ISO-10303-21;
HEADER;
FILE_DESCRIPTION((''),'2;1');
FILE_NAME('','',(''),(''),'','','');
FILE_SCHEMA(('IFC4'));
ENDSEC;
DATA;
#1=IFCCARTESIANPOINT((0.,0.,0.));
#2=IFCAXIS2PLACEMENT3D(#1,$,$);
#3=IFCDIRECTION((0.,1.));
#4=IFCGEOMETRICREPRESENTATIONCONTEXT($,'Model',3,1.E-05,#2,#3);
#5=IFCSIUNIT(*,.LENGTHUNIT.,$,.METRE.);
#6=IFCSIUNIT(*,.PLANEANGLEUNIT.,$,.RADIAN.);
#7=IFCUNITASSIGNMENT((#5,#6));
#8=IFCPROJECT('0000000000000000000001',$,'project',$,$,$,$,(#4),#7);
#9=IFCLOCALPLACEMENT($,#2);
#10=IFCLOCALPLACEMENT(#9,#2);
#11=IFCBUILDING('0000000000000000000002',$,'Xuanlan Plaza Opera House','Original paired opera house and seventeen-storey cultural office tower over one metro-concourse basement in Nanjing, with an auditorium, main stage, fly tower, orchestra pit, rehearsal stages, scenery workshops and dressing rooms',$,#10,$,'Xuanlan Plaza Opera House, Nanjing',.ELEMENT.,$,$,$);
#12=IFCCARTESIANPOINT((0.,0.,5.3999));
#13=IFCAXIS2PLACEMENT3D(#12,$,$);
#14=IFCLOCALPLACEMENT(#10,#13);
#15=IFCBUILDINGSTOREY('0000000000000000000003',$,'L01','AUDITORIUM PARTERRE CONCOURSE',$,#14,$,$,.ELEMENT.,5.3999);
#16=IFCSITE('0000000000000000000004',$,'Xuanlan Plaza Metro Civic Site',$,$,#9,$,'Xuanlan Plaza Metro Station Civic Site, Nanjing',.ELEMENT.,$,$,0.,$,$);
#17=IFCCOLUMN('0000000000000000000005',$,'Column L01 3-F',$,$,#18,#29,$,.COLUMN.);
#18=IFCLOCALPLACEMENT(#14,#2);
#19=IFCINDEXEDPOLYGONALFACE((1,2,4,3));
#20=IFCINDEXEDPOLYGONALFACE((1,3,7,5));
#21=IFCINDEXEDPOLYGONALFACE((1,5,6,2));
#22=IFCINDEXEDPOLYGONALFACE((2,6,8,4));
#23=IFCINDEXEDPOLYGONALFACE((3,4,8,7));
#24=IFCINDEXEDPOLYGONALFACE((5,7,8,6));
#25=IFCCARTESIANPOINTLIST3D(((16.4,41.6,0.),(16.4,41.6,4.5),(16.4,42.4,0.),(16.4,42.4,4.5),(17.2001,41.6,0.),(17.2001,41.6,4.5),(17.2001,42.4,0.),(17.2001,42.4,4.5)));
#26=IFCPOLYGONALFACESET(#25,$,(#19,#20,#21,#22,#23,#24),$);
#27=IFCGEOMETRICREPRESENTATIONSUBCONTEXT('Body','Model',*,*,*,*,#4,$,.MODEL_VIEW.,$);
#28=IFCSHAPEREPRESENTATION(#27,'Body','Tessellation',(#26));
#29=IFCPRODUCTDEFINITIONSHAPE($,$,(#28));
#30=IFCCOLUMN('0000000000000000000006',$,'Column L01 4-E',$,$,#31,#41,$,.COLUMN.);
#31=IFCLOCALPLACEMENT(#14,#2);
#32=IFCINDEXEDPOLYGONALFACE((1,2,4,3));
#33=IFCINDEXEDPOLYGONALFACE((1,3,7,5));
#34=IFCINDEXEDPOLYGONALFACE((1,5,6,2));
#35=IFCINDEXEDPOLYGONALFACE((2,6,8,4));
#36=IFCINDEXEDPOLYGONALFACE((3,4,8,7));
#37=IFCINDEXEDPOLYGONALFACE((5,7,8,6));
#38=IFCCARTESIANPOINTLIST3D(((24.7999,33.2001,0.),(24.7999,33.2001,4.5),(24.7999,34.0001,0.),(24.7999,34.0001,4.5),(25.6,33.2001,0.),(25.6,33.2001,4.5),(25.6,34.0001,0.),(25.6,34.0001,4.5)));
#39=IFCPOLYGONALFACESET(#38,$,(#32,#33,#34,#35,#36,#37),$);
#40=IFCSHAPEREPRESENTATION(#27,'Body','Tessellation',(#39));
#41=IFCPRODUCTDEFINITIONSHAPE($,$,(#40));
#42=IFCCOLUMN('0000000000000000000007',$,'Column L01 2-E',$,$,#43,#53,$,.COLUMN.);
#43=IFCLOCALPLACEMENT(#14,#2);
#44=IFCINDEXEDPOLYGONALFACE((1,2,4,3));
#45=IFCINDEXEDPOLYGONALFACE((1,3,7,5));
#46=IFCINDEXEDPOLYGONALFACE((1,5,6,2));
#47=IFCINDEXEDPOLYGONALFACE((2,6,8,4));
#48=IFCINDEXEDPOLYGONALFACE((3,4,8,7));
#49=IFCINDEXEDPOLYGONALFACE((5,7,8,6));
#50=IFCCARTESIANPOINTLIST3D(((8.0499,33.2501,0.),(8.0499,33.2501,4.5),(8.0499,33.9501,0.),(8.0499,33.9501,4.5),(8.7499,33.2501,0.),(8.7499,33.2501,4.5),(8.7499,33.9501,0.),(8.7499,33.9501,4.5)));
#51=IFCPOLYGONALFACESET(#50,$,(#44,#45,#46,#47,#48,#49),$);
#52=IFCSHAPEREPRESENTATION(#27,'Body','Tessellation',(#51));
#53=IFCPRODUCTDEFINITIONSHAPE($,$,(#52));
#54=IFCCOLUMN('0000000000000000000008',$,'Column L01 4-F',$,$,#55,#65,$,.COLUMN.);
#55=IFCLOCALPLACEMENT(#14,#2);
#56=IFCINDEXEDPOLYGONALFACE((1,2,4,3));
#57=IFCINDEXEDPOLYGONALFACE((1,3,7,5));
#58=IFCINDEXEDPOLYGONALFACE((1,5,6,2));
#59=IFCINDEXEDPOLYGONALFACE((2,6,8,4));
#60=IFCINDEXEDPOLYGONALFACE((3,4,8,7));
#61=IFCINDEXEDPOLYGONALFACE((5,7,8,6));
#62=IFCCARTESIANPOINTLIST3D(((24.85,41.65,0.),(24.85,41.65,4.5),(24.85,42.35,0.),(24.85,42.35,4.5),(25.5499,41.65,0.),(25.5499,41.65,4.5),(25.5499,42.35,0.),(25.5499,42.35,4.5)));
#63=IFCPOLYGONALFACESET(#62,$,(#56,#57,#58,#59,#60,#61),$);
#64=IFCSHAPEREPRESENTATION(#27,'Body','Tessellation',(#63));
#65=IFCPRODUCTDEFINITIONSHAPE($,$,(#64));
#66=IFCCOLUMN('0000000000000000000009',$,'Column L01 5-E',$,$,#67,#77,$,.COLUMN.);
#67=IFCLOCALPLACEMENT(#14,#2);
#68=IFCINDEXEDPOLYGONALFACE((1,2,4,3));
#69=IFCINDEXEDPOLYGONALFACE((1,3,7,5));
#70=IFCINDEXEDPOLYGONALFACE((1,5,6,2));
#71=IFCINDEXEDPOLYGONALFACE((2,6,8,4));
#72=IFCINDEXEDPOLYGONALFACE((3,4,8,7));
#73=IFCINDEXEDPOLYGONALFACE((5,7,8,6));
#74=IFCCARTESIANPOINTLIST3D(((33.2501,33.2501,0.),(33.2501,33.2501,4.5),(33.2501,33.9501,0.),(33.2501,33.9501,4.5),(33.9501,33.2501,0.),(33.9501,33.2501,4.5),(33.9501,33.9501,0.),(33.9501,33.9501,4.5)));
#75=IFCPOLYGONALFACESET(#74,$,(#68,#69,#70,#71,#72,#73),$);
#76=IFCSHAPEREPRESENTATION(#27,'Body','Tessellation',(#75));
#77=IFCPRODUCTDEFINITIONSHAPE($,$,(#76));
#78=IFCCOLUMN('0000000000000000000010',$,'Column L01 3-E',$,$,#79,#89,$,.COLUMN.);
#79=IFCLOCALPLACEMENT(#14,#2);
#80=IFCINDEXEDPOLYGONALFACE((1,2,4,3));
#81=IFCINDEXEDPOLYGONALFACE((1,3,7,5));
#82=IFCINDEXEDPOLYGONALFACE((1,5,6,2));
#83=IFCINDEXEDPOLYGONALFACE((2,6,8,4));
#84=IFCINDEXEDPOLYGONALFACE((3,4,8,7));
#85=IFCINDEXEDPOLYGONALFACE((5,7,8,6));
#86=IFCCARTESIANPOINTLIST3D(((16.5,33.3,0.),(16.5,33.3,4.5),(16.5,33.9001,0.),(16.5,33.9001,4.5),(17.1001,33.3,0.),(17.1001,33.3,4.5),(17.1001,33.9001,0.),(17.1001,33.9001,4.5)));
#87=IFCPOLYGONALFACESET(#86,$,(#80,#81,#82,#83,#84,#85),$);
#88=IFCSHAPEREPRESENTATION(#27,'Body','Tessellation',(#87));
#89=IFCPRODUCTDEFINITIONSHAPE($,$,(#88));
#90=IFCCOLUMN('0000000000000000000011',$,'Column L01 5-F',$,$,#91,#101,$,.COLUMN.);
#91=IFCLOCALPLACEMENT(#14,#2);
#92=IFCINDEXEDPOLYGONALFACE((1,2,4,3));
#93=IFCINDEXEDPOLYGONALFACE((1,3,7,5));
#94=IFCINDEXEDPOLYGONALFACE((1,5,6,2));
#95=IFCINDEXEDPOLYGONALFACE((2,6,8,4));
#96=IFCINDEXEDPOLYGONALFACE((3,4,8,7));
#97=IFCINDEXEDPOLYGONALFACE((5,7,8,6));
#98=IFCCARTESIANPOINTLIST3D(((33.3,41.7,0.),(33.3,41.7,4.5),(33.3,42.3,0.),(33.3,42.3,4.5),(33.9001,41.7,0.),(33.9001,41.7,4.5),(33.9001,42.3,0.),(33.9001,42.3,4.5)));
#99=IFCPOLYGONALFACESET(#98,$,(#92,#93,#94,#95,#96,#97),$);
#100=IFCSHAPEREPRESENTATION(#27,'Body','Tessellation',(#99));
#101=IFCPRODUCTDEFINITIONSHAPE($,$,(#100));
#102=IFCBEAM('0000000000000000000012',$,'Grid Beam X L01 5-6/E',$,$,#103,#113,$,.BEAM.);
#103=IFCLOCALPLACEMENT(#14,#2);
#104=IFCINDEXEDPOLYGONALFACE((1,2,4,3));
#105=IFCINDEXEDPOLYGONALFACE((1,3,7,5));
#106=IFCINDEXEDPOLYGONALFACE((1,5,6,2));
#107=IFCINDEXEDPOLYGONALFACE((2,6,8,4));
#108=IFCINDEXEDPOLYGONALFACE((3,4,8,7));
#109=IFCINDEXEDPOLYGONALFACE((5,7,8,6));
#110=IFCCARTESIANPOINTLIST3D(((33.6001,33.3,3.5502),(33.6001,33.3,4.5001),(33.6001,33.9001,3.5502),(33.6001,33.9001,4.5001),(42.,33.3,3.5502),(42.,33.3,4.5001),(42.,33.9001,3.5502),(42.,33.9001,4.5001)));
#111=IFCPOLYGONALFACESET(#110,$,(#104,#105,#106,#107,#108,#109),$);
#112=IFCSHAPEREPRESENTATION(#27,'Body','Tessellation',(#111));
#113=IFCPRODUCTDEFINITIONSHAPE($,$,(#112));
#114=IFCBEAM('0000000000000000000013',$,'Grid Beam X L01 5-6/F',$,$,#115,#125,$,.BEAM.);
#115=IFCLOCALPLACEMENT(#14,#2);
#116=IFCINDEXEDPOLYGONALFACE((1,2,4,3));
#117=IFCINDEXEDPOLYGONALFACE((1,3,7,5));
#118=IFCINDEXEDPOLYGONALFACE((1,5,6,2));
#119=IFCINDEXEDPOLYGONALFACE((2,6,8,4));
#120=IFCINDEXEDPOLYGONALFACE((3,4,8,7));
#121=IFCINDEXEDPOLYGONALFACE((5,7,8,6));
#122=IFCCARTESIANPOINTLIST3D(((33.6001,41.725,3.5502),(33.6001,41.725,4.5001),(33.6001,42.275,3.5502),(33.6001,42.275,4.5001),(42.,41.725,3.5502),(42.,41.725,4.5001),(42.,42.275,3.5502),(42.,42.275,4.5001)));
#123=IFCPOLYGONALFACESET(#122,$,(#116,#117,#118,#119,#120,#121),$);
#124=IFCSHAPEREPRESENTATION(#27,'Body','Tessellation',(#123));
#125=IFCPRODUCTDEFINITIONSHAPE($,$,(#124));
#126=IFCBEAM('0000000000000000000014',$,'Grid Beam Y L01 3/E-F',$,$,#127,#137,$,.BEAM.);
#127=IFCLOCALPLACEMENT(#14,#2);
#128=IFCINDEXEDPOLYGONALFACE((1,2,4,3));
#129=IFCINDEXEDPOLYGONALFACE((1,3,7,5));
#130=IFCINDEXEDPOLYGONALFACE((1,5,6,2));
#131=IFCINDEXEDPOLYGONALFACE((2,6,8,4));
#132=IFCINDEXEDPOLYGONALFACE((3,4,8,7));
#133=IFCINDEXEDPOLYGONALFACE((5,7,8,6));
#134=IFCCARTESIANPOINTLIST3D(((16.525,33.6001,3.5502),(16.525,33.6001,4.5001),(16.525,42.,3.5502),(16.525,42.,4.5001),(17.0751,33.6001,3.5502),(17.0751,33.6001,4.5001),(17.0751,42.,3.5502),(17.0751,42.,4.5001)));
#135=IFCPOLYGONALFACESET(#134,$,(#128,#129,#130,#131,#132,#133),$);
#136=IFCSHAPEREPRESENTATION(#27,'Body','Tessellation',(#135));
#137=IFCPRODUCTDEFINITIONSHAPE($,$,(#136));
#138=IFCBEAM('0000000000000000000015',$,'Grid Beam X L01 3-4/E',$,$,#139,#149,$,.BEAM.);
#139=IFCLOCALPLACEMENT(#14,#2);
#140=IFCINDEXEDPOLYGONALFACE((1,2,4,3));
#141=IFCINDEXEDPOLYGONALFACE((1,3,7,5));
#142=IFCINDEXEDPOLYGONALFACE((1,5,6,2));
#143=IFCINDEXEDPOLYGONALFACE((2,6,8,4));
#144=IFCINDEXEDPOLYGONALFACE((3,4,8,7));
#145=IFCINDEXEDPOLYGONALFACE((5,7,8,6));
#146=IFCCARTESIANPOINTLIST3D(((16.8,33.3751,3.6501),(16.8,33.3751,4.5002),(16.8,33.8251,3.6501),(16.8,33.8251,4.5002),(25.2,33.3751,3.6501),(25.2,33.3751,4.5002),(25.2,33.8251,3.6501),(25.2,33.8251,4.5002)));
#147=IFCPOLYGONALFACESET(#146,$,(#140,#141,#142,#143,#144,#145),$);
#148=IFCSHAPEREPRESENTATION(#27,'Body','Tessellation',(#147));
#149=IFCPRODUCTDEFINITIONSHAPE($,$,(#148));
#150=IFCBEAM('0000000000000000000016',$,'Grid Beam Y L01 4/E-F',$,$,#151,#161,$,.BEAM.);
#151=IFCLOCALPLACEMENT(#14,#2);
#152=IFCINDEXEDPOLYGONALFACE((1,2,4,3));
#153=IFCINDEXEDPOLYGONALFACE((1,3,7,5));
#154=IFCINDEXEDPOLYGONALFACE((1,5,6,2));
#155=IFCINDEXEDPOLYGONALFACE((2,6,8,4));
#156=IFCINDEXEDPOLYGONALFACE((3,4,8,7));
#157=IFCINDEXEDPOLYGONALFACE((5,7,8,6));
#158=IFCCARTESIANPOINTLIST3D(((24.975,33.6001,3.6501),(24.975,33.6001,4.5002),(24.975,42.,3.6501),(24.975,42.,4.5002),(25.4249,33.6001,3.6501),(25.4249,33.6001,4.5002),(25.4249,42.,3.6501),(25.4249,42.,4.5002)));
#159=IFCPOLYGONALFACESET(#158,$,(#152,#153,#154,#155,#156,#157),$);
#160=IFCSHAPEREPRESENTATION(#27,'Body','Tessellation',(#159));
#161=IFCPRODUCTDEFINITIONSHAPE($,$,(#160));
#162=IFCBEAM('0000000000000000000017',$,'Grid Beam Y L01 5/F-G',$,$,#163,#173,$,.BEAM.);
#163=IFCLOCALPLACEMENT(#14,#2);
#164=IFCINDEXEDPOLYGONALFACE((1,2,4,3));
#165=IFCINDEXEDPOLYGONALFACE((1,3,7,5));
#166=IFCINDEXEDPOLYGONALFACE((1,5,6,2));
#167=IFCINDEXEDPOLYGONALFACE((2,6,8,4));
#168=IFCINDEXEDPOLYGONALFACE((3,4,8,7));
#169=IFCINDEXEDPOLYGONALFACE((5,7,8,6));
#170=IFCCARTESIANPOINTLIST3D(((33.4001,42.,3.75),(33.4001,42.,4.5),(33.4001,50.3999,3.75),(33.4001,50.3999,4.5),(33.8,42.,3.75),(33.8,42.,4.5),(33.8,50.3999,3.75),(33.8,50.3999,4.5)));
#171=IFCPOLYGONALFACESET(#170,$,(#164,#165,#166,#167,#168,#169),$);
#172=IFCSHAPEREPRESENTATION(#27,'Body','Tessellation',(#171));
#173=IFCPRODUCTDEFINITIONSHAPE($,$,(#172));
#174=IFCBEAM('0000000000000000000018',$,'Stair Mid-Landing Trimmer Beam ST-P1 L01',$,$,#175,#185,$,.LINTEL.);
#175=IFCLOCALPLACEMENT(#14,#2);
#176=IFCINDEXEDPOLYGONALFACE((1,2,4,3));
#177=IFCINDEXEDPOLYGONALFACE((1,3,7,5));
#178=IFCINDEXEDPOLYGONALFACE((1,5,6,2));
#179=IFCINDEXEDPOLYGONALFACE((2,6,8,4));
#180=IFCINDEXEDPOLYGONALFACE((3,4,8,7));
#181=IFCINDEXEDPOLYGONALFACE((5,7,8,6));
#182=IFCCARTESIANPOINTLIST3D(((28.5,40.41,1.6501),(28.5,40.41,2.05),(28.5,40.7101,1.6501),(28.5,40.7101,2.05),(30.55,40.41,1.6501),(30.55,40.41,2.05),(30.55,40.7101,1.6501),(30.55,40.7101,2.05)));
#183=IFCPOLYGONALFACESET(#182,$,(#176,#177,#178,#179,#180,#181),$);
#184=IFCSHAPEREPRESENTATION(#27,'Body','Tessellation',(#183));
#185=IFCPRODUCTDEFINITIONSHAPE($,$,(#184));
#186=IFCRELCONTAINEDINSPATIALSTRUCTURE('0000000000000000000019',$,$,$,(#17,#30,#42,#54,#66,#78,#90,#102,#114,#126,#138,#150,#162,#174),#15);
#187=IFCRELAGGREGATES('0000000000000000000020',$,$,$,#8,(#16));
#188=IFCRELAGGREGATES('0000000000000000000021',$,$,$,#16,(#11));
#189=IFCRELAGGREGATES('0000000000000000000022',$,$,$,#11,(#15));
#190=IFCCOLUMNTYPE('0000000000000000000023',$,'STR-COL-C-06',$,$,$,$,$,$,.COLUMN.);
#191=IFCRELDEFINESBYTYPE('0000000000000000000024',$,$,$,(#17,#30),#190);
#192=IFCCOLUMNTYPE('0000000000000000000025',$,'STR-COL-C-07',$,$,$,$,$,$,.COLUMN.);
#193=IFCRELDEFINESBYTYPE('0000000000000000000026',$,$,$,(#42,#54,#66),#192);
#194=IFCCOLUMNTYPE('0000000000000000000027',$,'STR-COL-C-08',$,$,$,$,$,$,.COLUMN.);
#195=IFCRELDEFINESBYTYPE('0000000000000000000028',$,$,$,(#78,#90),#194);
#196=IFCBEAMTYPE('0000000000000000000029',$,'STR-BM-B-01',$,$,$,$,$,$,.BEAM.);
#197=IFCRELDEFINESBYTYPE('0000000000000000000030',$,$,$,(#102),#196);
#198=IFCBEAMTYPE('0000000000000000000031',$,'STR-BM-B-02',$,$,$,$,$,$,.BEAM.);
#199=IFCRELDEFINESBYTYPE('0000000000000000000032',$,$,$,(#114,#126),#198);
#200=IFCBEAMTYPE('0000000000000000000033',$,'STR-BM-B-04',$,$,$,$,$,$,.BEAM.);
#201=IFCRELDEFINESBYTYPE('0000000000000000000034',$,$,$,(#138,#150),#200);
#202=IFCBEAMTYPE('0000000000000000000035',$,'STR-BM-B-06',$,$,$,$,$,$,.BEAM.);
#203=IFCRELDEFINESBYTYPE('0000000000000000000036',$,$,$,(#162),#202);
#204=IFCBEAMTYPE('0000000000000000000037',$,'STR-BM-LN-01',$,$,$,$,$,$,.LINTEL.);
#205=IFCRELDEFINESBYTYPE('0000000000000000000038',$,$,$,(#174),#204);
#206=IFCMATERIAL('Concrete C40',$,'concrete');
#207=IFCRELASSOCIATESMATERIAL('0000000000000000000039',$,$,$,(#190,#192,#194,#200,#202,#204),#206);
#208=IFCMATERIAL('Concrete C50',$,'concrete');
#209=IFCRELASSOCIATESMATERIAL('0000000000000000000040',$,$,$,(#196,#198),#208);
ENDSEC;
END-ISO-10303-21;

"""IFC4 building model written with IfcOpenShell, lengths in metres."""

from ifc_helpers import new_model, si_unit, direction, frame, origin, origin_2d, place, context, subcontext, project, spatial, rectangle, extrude, material, material_profile, profile_set, type_object, element, save


model = new_model("IFC4")

# Units and contexts
model_context = context("Model", 3, precision=1e-05, world=origin(), true_north=direction((0.0, 1.0)))
body_context = subcontext(model_context, "Body", "Model", "MODEL_VIEW")
ifc_project = project(units=[si_unit("LENGTHUNIT", "METRE"), si_unit("PLANEANGLEUNIT", "RADIAN")], contexts=[model_context])

# Site, building, storey
site_placement = place(None, origin())
site = spatial("IfcSite", under=ifc_project, at=site_placement, Name="Xuanlan Plaza Metro Civic Site", LongName="Xuanlan Plaza Metro Station Civic Site, Nanjing", CompositionType="ELEMENT", RefElevation=0.0)
building_placement = place(site_placement, origin())
building = spatial("IfcBuilding", under=site, at=building_placement, Name="Xuanlan Plaza Opera House", Description="Original paired opera house and seventeen-storey cultural office tower over one metro-concourse basement in Nanjing, with an auditorium, main stage, fly tower, orchestra pit, rehearsal stages, scenery workshops and dressing rooms", LongName="Xuanlan Plaza Opera House, Nanjing", CompositionType="ELEMENT")
storey_placement = place(building_placement, frame((0.0, 0.0, 5.3999)))
storey = spatial("IfcBuildingStorey", under=building, at=storey_placement, Name="L01", Description="AUDITORIUM PARTERRE CONCOURSE", CompositionType="ELEMENT", Elevation=5.3999)

# Columns
ifc_material_1 = material(Name="Concrete C40", Category="concrete")
ifc_material_profile_1 = material_profile(ifc_material_1, rectangle(XDim=0.8, YDim=0.8, at=origin_2d()), Name="RC-COL 800x800")
ifc_profile_set_1 = profile_set([ifc_material_profile_1], Name="Concrete C40")
column_type_1 = type_object("IfcColumnType", Name="STR-COL-C-06", PredefinedType="COLUMN", material=ifc_profile_set_1)
for number, where, z_axis, x_axis, name in (
    (1, (16.8, 42.0, 0.0), (0.0, 0.0, 1.0), (1.0, 0.0, 0.0), "Column L01 3-F"),
    (2, (25.2, 33.6001, 0.0), (0.0, 0.0, 1.0), (1.0, 0.0, 0.0), "Column L01 4-E"),
):
    element("IfcColumn", number, at=place(storey_placement, frame(where, z_axis=z_axis, x_axis=x_axis)), inside=storey, type_object=column_type_1, Name=name, PredefinedType="COLUMN", context=body_context, shape_type="SweptSolid", body=[
        extrude(rectangle(XDim=0.8, YDim=0.8, at=origin_2d()), origin(), (0.0, 0.0, 1.0), 4.5),
    ])
ifc_material_profile_2 = material_profile(ifc_material_1, rectangle(XDim=0.7, YDim=0.7, at=origin_2d()), Name="RC-COL 700x700")
ifc_profile_set_2 = profile_set([ifc_material_profile_2], Name="Concrete C40")
column_type_2 = type_object("IfcColumnType", Name="STR-COL-C-07", PredefinedType="COLUMN", material=ifc_profile_set_2)
for number, where, z_axis, x_axis, name in (
    (3, (8.3999, 33.6001, 0.0), (0.0, 0.0, 1.0), (1.0, 0.0, 0.0), "Column L01 2-E"),
    (4, (25.2, 42.0, 0.0), (0.0, 0.0, 1.0), (1.0, 0.0, 0.0), "Column L01 4-F"),
    (5, (33.6001, 33.6001, 0.0), (0.0, 0.0, 1.0), (1.0, 0.0, 0.0), "Column L01 5-E"),
):
    element("IfcColumn", number, at=place(storey_placement, frame(where, z_axis=z_axis, x_axis=x_axis)), inside=storey, type_object=column_type_2, Name=name, PredefinedType="COLUMN", context=body_context, shape_type="SweptSolid", body=[
        extrude(rectangle(XDim=0.7, YDim=0.7, at=origin_2d()), origin(), (0.0, 0.0, 1.0), 4.5),
    ])
ifc_material_profile_3 = material_profile(ifc_material_1, rectangle(XDim=0.6001, YDim=0.6001, at=origin_2d()), Name="RC-COL 600x600")
ifc_profile_set_3 = profile_set([ifc_material_profile_3], Name="Concrete C40")
column_type_3 = type_object("IfcColumnType", Name="STR-COL-C-08", PredefinedType="COLUMN", material=ifc_profile_set_3)
for number, where, z_axis, x_axis, name in (
    (6, (16.8, 33.6001, 0.0), (0.0, 0.0, 1.0), (1.0, 0.0, 0.0), "Column L01 3-E"),
    (7, (33.6001, 42.0, 0.0), (0.0, 0.0, 1.0), (1.0, 0.0, 0.0), "Column L01 5-F"),
):
    element("IfcColumn", number, at=place(storey_placement, frame(where, z_axis=z_axis, x_axis=x_axis)), inside=storey, type_object=column_type_3, Name=name, PredefinedType="COLUMN", context=body_context, shape_type="SweptSolid", body=[
        extrude(rectangle(XDim=0.6001, YDim=0.6001, at=origin_2d()), origin(), (0.0, 0.0, 1.0), 4.5),
    ])

# Beams
ifc_material_2 = material(Name="Concrete C50", Category="concrete")
ifc_material_profile_4 = material_profile(ifc_material_2, rectangle(XDim=0.6001, YDim=0.95, at=origin_2d()), Name="RC-BM 600x950")
ifc_profile_set_4 = profile_set([ifc_material_profile_4], Name="Concrete C50")
beam_type_1 = type_object("IfcBeamType", Name="STR-BM-B-01", PredefinedType="BEAM", material=ifc_profile_set_4)
beam_1_placement = place(storey_placement, frame((33.6001, 33.6001, 4.0251), z_axis=(1.0, 0.0, 0.0), x_axis=(0.0, 1.0, 0.0)))
element("IfcBeam", 8, at=beam_1_placement, inside=storey, type_object=beam_type_1, Name="Grid Beam X L01 5-6/E", PredefinedType="BEAM", context=body_context, shape_type="SweptSolid", body=[
    extrude(rectangle(XDim=0.6001, YDim=0.95, at=origin_2d()), origin(), (0.0, 0.0, 1.0), 8.3999),
])
ifc_material_profile_5 = material_profile(ifc_material_2, rectangle(XDim=0.55, YDim=0.95, at=origin_2d()), Name="RC-BM 550x950")
ifc_profile_set_5 = profile_set([ifc_material_profile_5], Name="Concrete C50")
beam_type_2 = type_object("IfcBeamType", Name="STR-BM-B-02", PredefinedType="BEAM", material=ifc_profile_set_5)
for number, where, z_axis, x_axis, name in (
    (9, (33.6001, 42.0, 4.0251), (1.0, 0.0, 0.0), (0.0, 1.0, 0.0), "Grid Beam X L01 5-6/F"),
    (10, (16.8, 33.6001, 4.0251), (0.0, 1.0, 0.0), (-1.0, 0.0, 0.0), "Grid Beam Y L01 3/E-F"),
):
    element("IfcBeam", number, at=place(storey_placement, frame(where, z_axis=z_axis, x_axis=x_axis)), inside=storey, type_object=beam_type_2, Name=name, PredefinedType="BEAM", context=body_context, shape_type="SweptSolid", body=[
        extrude(rectangle(XDim=0.55, YDim=0.95, at=origin_2d()), origin(), (0.0, 0.0, 1.0), 8.3999),
    ])
ifc_material_profile_6 = material_profile(ifc_material_1, rectangle(XDim=0.45, YDim=0.8501, at=origin_2d()), Name="RC-BM 450x850")
ifc_profile_set_6 = profile_set([ifc_material_profile_6], Name="Concrete C40")
beam_type_3 = type_object("IfcBeamType", Name="STR-BM-B-04", PredefinedType="BEAM", material=ifc_profile_set_6)
for number, where, z_axis, x_axis, name in (
    (11, (16.8, 33.6001, 4.0752), (1.0, 0.0, 0.0), (0.0, 1.0, 0.0), "Grid Beam X L01 3-4/E"),
    (12, (25.2, 33.6001, 4.0752), (0.0, 1.0, 0.0), (-1.0, 0.0, 0.0), "Grid Beam Y L01 4/E-F"),
):
    element("IfcBeam", number, at=place(storey_placement, frame(where, z_axis=z_axis, x_axis=x_axis)), inside=storey, type_object=beam_type_3, Name=name, PredefinedType="BEAM", context=body_context, shape_type="SweptSolid", body=[
        extrude(rectangle(XDim=0.45, YDim=0.8501, at=origin_2d()), origin(), (0.0, 0.0, 1.0), 8.3999),
    ])
ifc_material_profile_7 = material_profile(ifc_material_1, rectangle(XDim=0.3999, YDim=0.75, at=origin_2d()), Name="RC-BM 400x750")
ifc_profile_set_7 = profile_set([ifc_material_profile_7], Name="Concrete C40")
beam_type_4 = type_object("IfcBeamType", Name="STR-BM-B-06", PredefinedType="BEAM", material=ifc_profile_set_7)
beam_2_placement = place(storey_placement, frame((33.6001, 42.0, 4.125), z_axis=(0.0, 1.0, 0.0), x_axis=(-1.0, 0.0, 0.0)))
element("IfcBeam", 13, at=beam_2_placement, inside=storey, type_object=beam_type_4, Name="Grid Beam Y L01 5/F-G", PredefinedType="BEAM", context=body_context, shape_type="SweptSolid", body=[
    extrude(rectangle(XDim=0.3999, YDim=0.75, at=origin_2d()), origin(), (0.0, 0.0, 1.0), 8.3999),
])
ifc_material_profile_8 = material_profile(ifc_material_1, rectangle(XDim=0.3, YDim=0.3999, at=origin_2d()), Name="RC-LNT 300x400")
ifc_profile_set_8 = profile_set([ifc_material_profile_8], Name="Concrete C40")
beam_type_5 = type_object("IfcBeamType", Name="STR-BM-LN-01", PredefinedType="LINTEL", material=ifc_profile_set_8)
beam_3_placement = place(storey_placement, frame((28.5, 40.5601, 1.8501), z_axis=(1.0, 0.0, 0.0), x_axis=(0.0, 1.0, 0.0)))
element("IfcBeam", 14, at=beam_3_placement, inside=storey, type_object=beam_type_5, Name="Stair Mid-Landing Trimmer Beam ST-P1 L01", PredefinedType="LINTEL", context=body_context, shape_type="SweptSolid", body=[
    extrude(rectangle(XDim=0.3, YDim=0.3999, at=origin_2d()), origin(), (0.0, 0.0, 1.0), 2.05),
])

save(model, "model.ifc")
